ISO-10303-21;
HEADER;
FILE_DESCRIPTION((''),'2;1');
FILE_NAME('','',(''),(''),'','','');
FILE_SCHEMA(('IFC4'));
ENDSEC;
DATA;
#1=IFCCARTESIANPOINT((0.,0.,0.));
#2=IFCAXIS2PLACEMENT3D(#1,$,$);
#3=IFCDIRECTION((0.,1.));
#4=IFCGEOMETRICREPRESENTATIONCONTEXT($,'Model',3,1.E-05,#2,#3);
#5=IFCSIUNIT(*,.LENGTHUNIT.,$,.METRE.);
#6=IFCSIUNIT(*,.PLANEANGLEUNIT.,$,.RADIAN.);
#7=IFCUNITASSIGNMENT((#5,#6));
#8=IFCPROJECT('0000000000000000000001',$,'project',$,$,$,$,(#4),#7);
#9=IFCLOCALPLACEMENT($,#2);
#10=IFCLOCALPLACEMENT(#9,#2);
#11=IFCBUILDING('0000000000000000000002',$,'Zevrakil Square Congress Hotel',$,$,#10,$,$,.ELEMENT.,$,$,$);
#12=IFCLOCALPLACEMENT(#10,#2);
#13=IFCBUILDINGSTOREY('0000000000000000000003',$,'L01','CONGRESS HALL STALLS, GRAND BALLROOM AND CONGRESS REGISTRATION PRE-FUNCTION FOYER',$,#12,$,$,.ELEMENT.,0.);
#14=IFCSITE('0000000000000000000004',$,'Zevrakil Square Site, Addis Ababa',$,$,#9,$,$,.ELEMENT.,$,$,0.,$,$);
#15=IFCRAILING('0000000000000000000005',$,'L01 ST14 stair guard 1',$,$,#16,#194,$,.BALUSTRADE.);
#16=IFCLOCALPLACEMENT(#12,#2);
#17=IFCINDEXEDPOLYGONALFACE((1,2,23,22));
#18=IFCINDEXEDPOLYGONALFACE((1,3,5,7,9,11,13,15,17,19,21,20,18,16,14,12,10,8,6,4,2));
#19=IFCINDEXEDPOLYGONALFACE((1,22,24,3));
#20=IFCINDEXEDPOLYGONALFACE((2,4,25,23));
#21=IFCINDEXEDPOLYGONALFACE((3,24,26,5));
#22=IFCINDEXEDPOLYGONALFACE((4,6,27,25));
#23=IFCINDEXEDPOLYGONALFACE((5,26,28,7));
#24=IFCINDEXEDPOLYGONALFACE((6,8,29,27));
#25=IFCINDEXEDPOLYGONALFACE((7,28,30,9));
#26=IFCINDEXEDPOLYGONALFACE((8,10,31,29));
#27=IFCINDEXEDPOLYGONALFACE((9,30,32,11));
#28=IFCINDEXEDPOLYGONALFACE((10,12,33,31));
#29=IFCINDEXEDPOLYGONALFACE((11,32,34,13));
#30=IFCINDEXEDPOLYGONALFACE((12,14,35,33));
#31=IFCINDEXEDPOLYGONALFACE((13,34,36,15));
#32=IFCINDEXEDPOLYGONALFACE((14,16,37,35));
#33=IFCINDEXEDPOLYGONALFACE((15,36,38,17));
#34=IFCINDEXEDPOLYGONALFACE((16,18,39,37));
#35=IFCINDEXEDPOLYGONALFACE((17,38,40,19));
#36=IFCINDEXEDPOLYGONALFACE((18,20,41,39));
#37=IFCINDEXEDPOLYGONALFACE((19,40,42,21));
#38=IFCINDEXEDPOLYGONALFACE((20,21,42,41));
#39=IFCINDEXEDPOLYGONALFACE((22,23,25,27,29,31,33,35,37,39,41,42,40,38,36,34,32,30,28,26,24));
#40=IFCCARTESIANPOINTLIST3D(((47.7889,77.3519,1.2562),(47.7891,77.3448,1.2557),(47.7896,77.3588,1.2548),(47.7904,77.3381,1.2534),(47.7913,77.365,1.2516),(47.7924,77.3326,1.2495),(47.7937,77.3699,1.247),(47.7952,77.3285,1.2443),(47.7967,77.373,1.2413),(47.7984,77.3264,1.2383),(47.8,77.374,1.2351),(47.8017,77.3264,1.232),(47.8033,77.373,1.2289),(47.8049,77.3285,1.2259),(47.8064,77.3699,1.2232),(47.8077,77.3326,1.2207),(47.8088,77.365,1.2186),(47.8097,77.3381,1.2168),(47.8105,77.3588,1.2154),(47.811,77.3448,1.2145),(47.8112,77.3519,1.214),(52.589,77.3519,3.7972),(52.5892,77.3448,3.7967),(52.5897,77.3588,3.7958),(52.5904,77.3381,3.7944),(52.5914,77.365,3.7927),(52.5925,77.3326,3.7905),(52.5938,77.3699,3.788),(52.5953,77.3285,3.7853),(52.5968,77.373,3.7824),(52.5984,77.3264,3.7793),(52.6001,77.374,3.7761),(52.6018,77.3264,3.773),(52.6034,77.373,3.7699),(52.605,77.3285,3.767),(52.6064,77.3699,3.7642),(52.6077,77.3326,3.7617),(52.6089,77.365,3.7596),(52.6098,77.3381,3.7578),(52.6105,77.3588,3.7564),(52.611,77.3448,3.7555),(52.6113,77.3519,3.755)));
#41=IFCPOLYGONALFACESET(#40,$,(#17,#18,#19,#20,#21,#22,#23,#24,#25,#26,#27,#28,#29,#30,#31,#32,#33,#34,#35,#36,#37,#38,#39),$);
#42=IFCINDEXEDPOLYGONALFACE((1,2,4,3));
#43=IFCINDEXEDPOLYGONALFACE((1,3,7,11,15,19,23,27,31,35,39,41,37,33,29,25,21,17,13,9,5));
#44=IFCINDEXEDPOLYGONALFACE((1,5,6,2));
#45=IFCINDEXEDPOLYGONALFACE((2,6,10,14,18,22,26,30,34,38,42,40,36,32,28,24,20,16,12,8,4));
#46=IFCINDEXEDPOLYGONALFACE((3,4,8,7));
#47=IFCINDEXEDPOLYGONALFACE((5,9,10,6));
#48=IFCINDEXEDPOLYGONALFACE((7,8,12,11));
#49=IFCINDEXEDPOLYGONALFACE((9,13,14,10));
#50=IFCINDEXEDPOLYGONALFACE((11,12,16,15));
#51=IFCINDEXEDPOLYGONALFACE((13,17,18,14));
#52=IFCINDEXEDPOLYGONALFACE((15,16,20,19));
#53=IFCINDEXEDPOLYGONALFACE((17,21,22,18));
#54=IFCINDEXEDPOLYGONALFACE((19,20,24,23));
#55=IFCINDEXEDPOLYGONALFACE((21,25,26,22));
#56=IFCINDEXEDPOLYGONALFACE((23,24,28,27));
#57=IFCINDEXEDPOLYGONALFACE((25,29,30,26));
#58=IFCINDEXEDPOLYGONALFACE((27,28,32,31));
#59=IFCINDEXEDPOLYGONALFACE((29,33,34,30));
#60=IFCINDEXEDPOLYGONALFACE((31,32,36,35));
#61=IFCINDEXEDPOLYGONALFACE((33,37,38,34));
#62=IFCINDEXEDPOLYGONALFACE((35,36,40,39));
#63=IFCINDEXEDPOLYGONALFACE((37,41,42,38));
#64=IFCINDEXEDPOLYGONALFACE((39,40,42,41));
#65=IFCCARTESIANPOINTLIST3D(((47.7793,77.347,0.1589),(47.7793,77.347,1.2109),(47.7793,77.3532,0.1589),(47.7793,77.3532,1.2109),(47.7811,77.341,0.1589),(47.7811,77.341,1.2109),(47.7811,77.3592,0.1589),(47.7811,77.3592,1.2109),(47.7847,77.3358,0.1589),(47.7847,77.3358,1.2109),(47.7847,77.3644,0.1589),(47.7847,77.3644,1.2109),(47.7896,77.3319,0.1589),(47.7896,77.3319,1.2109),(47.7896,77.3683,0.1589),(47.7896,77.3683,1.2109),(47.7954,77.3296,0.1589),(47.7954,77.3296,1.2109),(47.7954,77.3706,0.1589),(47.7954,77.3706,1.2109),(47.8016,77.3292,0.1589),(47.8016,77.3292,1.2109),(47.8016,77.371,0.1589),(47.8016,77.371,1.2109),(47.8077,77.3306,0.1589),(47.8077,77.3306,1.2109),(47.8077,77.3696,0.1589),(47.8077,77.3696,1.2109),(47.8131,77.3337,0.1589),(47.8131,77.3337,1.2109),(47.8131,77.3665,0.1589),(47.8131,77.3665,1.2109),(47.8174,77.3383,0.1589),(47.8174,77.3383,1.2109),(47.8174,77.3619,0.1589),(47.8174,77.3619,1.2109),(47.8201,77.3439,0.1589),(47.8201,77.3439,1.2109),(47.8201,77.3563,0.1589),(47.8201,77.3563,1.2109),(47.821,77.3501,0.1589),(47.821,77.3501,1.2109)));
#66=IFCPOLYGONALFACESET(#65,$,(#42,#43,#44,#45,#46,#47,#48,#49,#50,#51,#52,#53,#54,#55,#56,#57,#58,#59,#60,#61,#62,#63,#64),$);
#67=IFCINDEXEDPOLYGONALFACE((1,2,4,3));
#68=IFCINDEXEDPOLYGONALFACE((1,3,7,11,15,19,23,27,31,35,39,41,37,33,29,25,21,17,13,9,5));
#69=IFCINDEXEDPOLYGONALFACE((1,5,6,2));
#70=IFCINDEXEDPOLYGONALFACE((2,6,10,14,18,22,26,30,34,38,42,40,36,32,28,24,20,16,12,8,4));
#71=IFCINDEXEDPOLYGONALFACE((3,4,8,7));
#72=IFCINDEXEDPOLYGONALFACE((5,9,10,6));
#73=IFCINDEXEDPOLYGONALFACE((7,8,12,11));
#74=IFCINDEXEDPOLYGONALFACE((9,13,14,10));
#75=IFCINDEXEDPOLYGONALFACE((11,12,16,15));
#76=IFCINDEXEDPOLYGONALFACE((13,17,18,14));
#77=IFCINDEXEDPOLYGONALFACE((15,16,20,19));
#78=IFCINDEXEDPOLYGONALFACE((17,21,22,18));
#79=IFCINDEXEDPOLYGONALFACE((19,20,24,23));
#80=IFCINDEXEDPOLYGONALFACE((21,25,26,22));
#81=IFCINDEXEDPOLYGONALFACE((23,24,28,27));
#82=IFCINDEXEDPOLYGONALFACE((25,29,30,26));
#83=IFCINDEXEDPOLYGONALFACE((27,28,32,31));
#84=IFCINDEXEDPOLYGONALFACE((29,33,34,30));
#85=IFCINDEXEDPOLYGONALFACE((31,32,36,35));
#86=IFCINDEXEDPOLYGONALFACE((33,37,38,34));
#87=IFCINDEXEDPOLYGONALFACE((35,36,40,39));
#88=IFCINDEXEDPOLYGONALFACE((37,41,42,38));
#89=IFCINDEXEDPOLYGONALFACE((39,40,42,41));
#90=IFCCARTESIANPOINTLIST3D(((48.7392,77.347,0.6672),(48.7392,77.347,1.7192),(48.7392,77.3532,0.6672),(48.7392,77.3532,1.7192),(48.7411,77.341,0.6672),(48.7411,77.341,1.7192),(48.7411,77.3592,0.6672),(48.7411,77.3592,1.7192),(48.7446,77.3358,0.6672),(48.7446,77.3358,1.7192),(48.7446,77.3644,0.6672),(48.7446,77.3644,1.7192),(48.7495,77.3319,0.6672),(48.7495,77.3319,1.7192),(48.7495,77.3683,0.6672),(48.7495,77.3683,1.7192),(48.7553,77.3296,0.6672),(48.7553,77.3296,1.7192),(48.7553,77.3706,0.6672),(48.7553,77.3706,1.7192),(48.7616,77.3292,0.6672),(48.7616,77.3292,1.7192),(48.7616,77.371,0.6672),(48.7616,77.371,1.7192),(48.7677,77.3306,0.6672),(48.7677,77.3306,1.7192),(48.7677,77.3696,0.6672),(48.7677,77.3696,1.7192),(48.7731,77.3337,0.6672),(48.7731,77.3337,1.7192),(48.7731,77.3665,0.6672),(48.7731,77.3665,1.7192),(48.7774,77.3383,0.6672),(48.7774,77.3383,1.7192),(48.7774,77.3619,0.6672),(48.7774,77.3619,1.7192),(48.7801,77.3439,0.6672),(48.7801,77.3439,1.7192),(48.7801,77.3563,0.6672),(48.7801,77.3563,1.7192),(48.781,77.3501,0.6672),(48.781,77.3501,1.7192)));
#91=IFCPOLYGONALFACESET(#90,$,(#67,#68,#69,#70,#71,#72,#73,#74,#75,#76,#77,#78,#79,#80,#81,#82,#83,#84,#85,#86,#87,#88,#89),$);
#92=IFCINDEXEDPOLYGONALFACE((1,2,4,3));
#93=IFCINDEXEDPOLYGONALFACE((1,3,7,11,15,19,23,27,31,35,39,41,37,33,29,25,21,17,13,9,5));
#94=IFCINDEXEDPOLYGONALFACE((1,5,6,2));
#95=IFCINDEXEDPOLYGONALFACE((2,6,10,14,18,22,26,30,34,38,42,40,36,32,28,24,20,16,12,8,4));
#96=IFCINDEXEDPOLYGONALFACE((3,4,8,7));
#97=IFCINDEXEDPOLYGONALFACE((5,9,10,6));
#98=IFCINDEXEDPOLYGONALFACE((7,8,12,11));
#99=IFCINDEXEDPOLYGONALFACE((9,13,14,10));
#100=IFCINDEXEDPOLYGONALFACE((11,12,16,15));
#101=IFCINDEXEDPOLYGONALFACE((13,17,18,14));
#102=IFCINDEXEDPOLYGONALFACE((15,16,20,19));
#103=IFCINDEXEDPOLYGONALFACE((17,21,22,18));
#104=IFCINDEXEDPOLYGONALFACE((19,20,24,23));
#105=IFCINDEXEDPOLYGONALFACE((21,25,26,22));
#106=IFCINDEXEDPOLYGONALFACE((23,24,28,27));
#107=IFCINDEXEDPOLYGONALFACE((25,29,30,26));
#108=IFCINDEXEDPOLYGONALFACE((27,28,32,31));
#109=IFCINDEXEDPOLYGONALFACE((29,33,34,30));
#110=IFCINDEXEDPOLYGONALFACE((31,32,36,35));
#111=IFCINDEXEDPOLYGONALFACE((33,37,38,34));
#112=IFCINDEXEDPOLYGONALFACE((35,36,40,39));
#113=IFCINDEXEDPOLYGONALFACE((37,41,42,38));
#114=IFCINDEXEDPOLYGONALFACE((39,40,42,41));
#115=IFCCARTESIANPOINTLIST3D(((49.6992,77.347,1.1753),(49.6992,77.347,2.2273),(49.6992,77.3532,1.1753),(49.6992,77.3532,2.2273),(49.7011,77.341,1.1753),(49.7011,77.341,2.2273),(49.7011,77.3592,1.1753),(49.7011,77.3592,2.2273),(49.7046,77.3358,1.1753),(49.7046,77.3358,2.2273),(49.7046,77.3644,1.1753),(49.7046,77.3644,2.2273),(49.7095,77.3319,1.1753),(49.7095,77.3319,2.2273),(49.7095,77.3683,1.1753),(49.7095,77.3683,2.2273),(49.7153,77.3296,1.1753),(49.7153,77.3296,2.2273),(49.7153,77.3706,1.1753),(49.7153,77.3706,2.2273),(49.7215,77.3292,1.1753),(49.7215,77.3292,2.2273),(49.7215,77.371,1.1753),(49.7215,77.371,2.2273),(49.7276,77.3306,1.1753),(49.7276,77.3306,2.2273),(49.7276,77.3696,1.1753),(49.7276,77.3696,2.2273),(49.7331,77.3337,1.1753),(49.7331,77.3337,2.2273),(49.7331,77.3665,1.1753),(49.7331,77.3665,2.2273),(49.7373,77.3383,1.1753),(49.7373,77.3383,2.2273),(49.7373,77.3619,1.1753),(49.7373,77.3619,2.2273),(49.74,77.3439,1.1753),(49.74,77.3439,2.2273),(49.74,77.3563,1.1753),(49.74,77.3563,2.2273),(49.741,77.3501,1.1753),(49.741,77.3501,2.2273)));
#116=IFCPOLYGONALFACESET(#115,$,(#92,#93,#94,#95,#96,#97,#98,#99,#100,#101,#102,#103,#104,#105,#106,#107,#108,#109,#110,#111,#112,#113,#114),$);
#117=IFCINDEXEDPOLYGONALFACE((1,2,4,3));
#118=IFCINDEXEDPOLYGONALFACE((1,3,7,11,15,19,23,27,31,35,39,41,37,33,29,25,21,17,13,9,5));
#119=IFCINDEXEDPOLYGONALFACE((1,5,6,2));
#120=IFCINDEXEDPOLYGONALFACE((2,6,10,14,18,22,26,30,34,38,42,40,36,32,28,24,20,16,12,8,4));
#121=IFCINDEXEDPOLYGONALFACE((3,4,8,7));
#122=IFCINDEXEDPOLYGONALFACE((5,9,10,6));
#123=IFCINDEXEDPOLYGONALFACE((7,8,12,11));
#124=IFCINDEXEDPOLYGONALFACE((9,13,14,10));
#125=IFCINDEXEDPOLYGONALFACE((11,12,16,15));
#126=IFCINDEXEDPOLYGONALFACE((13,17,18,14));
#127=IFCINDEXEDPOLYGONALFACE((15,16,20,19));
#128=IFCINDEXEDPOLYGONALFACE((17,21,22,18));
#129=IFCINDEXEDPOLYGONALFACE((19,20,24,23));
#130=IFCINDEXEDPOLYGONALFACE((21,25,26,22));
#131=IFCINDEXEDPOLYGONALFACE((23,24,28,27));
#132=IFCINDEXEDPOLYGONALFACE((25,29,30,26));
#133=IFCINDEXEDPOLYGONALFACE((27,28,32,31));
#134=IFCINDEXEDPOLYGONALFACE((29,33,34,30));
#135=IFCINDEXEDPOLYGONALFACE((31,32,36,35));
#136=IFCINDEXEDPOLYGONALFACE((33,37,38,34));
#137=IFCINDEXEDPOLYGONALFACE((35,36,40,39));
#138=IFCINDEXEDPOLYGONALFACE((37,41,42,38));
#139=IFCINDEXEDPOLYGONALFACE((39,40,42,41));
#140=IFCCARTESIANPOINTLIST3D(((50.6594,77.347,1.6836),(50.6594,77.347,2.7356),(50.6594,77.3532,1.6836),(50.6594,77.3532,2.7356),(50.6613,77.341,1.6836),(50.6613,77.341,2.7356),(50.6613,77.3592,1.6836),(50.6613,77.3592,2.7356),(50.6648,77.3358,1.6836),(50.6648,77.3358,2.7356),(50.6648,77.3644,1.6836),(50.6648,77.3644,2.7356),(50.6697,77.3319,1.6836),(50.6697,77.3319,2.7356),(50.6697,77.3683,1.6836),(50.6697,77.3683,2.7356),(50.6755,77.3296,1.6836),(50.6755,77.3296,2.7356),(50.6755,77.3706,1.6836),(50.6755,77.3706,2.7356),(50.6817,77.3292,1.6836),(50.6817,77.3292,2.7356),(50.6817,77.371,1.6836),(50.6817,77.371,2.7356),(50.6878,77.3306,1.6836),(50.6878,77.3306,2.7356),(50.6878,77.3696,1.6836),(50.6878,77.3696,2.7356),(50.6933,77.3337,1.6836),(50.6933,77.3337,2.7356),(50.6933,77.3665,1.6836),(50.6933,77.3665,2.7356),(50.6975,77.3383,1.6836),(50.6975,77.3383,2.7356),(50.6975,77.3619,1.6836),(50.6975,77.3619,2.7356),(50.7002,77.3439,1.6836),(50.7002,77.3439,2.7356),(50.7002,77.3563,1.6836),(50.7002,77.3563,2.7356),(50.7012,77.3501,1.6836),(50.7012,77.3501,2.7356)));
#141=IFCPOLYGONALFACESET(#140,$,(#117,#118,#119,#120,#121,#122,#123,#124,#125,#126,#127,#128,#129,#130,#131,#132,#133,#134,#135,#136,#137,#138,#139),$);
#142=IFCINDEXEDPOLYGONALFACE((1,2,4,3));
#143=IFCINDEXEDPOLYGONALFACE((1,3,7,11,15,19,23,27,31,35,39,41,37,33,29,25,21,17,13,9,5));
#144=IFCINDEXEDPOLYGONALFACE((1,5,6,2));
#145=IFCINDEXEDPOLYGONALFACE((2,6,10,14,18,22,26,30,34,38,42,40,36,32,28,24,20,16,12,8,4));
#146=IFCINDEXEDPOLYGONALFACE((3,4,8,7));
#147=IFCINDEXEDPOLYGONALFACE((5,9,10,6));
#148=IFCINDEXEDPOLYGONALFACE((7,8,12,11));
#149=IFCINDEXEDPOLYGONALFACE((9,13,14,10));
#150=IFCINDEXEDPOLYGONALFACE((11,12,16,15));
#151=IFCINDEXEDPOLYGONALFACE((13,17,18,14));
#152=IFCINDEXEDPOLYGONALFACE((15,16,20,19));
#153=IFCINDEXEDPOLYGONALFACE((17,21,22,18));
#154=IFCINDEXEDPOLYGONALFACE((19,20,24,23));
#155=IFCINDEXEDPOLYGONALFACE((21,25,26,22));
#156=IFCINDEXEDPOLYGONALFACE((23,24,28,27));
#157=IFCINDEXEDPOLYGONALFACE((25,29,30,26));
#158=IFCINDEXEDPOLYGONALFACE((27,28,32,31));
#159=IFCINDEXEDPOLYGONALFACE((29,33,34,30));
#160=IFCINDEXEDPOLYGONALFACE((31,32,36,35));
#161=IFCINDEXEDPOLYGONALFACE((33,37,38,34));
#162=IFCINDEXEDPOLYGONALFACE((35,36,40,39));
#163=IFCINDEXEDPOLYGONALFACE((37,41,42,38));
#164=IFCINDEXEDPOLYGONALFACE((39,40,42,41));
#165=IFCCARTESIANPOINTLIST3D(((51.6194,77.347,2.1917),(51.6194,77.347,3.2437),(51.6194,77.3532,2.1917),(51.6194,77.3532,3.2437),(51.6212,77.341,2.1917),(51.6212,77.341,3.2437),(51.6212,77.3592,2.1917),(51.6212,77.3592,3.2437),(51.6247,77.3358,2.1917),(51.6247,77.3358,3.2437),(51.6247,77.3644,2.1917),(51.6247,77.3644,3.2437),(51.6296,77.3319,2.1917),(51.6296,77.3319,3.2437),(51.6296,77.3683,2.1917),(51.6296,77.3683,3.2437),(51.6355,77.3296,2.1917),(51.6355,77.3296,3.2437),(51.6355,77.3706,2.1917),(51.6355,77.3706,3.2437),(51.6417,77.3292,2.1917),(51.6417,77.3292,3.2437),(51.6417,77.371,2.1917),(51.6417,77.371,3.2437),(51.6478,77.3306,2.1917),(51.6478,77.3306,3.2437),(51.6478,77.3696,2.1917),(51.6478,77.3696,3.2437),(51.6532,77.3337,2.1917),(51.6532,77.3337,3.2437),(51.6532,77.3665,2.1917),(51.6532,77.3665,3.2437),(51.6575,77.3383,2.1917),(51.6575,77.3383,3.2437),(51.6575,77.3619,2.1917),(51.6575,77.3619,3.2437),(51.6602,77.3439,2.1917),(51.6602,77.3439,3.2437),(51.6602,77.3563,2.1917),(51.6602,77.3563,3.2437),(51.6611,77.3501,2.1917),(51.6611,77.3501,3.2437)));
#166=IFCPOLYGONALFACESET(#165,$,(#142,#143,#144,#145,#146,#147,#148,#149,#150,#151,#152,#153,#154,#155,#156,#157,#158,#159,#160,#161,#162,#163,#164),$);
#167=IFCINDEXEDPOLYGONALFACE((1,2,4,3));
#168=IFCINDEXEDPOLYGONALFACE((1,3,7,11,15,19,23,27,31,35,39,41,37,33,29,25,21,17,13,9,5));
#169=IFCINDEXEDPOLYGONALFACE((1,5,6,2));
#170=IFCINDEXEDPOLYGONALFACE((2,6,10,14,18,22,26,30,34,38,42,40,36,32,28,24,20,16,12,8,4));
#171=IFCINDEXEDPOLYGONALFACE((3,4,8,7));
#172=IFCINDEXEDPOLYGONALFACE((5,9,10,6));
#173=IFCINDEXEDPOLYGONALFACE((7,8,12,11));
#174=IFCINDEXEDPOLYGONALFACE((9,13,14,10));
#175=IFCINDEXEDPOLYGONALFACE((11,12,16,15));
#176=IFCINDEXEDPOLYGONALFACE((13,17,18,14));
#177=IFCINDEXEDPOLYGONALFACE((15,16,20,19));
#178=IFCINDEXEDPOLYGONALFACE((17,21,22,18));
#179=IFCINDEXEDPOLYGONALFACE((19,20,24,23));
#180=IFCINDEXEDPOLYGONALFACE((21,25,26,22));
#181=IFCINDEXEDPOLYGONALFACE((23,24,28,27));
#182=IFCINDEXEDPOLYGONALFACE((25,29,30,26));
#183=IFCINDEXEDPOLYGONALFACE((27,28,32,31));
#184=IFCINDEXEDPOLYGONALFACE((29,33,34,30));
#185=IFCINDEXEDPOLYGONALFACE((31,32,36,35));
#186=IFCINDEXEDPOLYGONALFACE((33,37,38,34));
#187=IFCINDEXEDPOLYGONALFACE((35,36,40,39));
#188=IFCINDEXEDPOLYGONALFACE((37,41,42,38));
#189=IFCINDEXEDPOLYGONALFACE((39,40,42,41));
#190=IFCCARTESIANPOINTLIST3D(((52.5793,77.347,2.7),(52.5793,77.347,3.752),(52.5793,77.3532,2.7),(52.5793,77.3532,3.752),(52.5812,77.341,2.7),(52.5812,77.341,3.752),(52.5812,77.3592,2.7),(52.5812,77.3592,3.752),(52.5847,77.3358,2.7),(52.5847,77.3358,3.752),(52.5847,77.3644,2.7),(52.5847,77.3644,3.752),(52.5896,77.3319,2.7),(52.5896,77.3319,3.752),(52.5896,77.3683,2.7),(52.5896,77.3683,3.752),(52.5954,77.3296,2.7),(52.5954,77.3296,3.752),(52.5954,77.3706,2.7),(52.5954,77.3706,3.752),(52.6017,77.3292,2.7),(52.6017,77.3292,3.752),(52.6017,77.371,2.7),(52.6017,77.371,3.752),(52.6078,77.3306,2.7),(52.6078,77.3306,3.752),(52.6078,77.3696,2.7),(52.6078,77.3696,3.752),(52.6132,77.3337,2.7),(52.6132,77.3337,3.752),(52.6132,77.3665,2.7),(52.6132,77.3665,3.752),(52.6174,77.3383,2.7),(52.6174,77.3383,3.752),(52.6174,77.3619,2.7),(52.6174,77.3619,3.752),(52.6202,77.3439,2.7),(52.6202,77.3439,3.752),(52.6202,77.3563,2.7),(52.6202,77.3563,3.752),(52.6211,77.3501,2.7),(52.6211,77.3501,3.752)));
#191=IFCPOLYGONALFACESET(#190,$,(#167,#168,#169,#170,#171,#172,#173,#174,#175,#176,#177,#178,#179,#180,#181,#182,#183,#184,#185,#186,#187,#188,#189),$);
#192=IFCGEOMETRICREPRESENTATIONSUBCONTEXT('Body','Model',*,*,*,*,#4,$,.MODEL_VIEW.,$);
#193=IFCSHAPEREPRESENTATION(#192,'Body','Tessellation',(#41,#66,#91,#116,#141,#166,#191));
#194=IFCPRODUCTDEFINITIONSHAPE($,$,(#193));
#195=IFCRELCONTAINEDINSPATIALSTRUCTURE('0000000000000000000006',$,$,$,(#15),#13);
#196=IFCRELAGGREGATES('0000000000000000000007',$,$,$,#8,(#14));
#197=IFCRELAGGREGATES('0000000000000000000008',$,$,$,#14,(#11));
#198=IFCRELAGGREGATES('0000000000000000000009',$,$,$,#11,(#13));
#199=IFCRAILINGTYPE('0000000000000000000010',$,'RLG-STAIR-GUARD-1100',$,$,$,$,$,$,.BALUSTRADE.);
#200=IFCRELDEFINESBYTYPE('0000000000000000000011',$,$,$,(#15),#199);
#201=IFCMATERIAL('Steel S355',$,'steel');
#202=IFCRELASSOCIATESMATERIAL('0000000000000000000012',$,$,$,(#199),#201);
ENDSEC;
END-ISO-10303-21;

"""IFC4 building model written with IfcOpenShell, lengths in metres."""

from ifc_helpers import new_model, si_unit, direction, frame, origin, origin_2d, place, context, subcontext, project, spatial, circle, extrude, material, type_object, element, save


model = new_model("IFC4")

# Units and contexts
model_context = context("Model", 3, precision=1e-05, world=origin(), true_north=direction((0.0, 1.0)))
body_context = subcontext(model_context, "Body", "Model", "MODEL_VIEW")
ifc_project = project(units=[si_unit("LENGTHUNIT", "METRE"), si_unit("PLANEANGLEUNIT", "RADIAN")], contexts=[model_context])

# Site, building, storey
site_placement = place(None, origin())
site = spatial("IfcSite", under=ifc_project, at=site_placement, Name="Zevrakil Square Site, Addis Ababa", CompositionType="ELEMENT", RefElevation=0.0)
building_placement = place(site_placement, origin())
building = spatial("IfcBuilding", under=site, at=building_placement, Name="Zevrakil Square Congress Hotel", CompositionType="ELEMENT")
storey_placement = place(building_placement, origin())
storey = spatial("IfcBuildingStorey", under=building, at=storey_placement, Name="L01", Description="CONGRESS HALL STALLS, GRAND BALLROOM AND CONGRESS REGISTRATION PRE-FUNCTION FOYER", CompositionType="ELEMENT", Elevation=0.0)

# Railing
ifc_material_1 = material(Name="Steel S355", Category="steel")
railing_type_1 = type_object("IfcRailingType", Name="RLG-STAIR-GUARD-1100", PredefinedType="BALUSTRADE", material=ifc_material_1)
railing_1_placement = place(storey_placement, frame((47.8, 77.3501, 0.1589)))
element("IfcRailing", 1, at=railing_1_placement, inside=storey, type_object=railing_type_1, Name="L01 ST14 stair guard 1", PredefinedType="BALUSTRADE", context=body_context, shape_type="SweptSolid", body=[
    extrude(circle(Radius=0.0239, at=origin_2d()), frame((0.0, 0.0, 1.0762), z_axis=(0.883802, 0.0, 0.467861), x_axis=(0.0, 1.0, 0.0)), (0.0, 0.0, 1.0), 5.4312),
    extrude(circle(Radius=0.021, at=origin_2d()), origin(), (0.0, 0.0, 1.0), 1.052),
    extrude(circle(Radius=0.021, at=origin_2d()), frame((0.96, 0.0, 0.5083)), (0.0, 0.0, 1.0), 1.052),
    extrude(circle(Radius=0.021, at=origin_2d()), frame((1.9199, 0.0, 1.0164)), (0.0, 0.0, 1.0), 1.052),
    extrude(circle(Radius=0.021, at=origin_2d()), frame((2.8801, 0.0, 1.5247)), (0.0, 0.0, 1.0), 1.052),
    extrude(circle(Radius=0.021, at=origin_2d()), frame((3.8401, 0.0, 2.0327)), (0.0, 0.0, 1.0), 1.052),
    extrude(circle(Radius=0.021, at=origin_2d()), frame((4.8, 0.0, 2.541)), (0.0, 0.0, 1.0), 1.052),
])

save(model, "model.ifc")
